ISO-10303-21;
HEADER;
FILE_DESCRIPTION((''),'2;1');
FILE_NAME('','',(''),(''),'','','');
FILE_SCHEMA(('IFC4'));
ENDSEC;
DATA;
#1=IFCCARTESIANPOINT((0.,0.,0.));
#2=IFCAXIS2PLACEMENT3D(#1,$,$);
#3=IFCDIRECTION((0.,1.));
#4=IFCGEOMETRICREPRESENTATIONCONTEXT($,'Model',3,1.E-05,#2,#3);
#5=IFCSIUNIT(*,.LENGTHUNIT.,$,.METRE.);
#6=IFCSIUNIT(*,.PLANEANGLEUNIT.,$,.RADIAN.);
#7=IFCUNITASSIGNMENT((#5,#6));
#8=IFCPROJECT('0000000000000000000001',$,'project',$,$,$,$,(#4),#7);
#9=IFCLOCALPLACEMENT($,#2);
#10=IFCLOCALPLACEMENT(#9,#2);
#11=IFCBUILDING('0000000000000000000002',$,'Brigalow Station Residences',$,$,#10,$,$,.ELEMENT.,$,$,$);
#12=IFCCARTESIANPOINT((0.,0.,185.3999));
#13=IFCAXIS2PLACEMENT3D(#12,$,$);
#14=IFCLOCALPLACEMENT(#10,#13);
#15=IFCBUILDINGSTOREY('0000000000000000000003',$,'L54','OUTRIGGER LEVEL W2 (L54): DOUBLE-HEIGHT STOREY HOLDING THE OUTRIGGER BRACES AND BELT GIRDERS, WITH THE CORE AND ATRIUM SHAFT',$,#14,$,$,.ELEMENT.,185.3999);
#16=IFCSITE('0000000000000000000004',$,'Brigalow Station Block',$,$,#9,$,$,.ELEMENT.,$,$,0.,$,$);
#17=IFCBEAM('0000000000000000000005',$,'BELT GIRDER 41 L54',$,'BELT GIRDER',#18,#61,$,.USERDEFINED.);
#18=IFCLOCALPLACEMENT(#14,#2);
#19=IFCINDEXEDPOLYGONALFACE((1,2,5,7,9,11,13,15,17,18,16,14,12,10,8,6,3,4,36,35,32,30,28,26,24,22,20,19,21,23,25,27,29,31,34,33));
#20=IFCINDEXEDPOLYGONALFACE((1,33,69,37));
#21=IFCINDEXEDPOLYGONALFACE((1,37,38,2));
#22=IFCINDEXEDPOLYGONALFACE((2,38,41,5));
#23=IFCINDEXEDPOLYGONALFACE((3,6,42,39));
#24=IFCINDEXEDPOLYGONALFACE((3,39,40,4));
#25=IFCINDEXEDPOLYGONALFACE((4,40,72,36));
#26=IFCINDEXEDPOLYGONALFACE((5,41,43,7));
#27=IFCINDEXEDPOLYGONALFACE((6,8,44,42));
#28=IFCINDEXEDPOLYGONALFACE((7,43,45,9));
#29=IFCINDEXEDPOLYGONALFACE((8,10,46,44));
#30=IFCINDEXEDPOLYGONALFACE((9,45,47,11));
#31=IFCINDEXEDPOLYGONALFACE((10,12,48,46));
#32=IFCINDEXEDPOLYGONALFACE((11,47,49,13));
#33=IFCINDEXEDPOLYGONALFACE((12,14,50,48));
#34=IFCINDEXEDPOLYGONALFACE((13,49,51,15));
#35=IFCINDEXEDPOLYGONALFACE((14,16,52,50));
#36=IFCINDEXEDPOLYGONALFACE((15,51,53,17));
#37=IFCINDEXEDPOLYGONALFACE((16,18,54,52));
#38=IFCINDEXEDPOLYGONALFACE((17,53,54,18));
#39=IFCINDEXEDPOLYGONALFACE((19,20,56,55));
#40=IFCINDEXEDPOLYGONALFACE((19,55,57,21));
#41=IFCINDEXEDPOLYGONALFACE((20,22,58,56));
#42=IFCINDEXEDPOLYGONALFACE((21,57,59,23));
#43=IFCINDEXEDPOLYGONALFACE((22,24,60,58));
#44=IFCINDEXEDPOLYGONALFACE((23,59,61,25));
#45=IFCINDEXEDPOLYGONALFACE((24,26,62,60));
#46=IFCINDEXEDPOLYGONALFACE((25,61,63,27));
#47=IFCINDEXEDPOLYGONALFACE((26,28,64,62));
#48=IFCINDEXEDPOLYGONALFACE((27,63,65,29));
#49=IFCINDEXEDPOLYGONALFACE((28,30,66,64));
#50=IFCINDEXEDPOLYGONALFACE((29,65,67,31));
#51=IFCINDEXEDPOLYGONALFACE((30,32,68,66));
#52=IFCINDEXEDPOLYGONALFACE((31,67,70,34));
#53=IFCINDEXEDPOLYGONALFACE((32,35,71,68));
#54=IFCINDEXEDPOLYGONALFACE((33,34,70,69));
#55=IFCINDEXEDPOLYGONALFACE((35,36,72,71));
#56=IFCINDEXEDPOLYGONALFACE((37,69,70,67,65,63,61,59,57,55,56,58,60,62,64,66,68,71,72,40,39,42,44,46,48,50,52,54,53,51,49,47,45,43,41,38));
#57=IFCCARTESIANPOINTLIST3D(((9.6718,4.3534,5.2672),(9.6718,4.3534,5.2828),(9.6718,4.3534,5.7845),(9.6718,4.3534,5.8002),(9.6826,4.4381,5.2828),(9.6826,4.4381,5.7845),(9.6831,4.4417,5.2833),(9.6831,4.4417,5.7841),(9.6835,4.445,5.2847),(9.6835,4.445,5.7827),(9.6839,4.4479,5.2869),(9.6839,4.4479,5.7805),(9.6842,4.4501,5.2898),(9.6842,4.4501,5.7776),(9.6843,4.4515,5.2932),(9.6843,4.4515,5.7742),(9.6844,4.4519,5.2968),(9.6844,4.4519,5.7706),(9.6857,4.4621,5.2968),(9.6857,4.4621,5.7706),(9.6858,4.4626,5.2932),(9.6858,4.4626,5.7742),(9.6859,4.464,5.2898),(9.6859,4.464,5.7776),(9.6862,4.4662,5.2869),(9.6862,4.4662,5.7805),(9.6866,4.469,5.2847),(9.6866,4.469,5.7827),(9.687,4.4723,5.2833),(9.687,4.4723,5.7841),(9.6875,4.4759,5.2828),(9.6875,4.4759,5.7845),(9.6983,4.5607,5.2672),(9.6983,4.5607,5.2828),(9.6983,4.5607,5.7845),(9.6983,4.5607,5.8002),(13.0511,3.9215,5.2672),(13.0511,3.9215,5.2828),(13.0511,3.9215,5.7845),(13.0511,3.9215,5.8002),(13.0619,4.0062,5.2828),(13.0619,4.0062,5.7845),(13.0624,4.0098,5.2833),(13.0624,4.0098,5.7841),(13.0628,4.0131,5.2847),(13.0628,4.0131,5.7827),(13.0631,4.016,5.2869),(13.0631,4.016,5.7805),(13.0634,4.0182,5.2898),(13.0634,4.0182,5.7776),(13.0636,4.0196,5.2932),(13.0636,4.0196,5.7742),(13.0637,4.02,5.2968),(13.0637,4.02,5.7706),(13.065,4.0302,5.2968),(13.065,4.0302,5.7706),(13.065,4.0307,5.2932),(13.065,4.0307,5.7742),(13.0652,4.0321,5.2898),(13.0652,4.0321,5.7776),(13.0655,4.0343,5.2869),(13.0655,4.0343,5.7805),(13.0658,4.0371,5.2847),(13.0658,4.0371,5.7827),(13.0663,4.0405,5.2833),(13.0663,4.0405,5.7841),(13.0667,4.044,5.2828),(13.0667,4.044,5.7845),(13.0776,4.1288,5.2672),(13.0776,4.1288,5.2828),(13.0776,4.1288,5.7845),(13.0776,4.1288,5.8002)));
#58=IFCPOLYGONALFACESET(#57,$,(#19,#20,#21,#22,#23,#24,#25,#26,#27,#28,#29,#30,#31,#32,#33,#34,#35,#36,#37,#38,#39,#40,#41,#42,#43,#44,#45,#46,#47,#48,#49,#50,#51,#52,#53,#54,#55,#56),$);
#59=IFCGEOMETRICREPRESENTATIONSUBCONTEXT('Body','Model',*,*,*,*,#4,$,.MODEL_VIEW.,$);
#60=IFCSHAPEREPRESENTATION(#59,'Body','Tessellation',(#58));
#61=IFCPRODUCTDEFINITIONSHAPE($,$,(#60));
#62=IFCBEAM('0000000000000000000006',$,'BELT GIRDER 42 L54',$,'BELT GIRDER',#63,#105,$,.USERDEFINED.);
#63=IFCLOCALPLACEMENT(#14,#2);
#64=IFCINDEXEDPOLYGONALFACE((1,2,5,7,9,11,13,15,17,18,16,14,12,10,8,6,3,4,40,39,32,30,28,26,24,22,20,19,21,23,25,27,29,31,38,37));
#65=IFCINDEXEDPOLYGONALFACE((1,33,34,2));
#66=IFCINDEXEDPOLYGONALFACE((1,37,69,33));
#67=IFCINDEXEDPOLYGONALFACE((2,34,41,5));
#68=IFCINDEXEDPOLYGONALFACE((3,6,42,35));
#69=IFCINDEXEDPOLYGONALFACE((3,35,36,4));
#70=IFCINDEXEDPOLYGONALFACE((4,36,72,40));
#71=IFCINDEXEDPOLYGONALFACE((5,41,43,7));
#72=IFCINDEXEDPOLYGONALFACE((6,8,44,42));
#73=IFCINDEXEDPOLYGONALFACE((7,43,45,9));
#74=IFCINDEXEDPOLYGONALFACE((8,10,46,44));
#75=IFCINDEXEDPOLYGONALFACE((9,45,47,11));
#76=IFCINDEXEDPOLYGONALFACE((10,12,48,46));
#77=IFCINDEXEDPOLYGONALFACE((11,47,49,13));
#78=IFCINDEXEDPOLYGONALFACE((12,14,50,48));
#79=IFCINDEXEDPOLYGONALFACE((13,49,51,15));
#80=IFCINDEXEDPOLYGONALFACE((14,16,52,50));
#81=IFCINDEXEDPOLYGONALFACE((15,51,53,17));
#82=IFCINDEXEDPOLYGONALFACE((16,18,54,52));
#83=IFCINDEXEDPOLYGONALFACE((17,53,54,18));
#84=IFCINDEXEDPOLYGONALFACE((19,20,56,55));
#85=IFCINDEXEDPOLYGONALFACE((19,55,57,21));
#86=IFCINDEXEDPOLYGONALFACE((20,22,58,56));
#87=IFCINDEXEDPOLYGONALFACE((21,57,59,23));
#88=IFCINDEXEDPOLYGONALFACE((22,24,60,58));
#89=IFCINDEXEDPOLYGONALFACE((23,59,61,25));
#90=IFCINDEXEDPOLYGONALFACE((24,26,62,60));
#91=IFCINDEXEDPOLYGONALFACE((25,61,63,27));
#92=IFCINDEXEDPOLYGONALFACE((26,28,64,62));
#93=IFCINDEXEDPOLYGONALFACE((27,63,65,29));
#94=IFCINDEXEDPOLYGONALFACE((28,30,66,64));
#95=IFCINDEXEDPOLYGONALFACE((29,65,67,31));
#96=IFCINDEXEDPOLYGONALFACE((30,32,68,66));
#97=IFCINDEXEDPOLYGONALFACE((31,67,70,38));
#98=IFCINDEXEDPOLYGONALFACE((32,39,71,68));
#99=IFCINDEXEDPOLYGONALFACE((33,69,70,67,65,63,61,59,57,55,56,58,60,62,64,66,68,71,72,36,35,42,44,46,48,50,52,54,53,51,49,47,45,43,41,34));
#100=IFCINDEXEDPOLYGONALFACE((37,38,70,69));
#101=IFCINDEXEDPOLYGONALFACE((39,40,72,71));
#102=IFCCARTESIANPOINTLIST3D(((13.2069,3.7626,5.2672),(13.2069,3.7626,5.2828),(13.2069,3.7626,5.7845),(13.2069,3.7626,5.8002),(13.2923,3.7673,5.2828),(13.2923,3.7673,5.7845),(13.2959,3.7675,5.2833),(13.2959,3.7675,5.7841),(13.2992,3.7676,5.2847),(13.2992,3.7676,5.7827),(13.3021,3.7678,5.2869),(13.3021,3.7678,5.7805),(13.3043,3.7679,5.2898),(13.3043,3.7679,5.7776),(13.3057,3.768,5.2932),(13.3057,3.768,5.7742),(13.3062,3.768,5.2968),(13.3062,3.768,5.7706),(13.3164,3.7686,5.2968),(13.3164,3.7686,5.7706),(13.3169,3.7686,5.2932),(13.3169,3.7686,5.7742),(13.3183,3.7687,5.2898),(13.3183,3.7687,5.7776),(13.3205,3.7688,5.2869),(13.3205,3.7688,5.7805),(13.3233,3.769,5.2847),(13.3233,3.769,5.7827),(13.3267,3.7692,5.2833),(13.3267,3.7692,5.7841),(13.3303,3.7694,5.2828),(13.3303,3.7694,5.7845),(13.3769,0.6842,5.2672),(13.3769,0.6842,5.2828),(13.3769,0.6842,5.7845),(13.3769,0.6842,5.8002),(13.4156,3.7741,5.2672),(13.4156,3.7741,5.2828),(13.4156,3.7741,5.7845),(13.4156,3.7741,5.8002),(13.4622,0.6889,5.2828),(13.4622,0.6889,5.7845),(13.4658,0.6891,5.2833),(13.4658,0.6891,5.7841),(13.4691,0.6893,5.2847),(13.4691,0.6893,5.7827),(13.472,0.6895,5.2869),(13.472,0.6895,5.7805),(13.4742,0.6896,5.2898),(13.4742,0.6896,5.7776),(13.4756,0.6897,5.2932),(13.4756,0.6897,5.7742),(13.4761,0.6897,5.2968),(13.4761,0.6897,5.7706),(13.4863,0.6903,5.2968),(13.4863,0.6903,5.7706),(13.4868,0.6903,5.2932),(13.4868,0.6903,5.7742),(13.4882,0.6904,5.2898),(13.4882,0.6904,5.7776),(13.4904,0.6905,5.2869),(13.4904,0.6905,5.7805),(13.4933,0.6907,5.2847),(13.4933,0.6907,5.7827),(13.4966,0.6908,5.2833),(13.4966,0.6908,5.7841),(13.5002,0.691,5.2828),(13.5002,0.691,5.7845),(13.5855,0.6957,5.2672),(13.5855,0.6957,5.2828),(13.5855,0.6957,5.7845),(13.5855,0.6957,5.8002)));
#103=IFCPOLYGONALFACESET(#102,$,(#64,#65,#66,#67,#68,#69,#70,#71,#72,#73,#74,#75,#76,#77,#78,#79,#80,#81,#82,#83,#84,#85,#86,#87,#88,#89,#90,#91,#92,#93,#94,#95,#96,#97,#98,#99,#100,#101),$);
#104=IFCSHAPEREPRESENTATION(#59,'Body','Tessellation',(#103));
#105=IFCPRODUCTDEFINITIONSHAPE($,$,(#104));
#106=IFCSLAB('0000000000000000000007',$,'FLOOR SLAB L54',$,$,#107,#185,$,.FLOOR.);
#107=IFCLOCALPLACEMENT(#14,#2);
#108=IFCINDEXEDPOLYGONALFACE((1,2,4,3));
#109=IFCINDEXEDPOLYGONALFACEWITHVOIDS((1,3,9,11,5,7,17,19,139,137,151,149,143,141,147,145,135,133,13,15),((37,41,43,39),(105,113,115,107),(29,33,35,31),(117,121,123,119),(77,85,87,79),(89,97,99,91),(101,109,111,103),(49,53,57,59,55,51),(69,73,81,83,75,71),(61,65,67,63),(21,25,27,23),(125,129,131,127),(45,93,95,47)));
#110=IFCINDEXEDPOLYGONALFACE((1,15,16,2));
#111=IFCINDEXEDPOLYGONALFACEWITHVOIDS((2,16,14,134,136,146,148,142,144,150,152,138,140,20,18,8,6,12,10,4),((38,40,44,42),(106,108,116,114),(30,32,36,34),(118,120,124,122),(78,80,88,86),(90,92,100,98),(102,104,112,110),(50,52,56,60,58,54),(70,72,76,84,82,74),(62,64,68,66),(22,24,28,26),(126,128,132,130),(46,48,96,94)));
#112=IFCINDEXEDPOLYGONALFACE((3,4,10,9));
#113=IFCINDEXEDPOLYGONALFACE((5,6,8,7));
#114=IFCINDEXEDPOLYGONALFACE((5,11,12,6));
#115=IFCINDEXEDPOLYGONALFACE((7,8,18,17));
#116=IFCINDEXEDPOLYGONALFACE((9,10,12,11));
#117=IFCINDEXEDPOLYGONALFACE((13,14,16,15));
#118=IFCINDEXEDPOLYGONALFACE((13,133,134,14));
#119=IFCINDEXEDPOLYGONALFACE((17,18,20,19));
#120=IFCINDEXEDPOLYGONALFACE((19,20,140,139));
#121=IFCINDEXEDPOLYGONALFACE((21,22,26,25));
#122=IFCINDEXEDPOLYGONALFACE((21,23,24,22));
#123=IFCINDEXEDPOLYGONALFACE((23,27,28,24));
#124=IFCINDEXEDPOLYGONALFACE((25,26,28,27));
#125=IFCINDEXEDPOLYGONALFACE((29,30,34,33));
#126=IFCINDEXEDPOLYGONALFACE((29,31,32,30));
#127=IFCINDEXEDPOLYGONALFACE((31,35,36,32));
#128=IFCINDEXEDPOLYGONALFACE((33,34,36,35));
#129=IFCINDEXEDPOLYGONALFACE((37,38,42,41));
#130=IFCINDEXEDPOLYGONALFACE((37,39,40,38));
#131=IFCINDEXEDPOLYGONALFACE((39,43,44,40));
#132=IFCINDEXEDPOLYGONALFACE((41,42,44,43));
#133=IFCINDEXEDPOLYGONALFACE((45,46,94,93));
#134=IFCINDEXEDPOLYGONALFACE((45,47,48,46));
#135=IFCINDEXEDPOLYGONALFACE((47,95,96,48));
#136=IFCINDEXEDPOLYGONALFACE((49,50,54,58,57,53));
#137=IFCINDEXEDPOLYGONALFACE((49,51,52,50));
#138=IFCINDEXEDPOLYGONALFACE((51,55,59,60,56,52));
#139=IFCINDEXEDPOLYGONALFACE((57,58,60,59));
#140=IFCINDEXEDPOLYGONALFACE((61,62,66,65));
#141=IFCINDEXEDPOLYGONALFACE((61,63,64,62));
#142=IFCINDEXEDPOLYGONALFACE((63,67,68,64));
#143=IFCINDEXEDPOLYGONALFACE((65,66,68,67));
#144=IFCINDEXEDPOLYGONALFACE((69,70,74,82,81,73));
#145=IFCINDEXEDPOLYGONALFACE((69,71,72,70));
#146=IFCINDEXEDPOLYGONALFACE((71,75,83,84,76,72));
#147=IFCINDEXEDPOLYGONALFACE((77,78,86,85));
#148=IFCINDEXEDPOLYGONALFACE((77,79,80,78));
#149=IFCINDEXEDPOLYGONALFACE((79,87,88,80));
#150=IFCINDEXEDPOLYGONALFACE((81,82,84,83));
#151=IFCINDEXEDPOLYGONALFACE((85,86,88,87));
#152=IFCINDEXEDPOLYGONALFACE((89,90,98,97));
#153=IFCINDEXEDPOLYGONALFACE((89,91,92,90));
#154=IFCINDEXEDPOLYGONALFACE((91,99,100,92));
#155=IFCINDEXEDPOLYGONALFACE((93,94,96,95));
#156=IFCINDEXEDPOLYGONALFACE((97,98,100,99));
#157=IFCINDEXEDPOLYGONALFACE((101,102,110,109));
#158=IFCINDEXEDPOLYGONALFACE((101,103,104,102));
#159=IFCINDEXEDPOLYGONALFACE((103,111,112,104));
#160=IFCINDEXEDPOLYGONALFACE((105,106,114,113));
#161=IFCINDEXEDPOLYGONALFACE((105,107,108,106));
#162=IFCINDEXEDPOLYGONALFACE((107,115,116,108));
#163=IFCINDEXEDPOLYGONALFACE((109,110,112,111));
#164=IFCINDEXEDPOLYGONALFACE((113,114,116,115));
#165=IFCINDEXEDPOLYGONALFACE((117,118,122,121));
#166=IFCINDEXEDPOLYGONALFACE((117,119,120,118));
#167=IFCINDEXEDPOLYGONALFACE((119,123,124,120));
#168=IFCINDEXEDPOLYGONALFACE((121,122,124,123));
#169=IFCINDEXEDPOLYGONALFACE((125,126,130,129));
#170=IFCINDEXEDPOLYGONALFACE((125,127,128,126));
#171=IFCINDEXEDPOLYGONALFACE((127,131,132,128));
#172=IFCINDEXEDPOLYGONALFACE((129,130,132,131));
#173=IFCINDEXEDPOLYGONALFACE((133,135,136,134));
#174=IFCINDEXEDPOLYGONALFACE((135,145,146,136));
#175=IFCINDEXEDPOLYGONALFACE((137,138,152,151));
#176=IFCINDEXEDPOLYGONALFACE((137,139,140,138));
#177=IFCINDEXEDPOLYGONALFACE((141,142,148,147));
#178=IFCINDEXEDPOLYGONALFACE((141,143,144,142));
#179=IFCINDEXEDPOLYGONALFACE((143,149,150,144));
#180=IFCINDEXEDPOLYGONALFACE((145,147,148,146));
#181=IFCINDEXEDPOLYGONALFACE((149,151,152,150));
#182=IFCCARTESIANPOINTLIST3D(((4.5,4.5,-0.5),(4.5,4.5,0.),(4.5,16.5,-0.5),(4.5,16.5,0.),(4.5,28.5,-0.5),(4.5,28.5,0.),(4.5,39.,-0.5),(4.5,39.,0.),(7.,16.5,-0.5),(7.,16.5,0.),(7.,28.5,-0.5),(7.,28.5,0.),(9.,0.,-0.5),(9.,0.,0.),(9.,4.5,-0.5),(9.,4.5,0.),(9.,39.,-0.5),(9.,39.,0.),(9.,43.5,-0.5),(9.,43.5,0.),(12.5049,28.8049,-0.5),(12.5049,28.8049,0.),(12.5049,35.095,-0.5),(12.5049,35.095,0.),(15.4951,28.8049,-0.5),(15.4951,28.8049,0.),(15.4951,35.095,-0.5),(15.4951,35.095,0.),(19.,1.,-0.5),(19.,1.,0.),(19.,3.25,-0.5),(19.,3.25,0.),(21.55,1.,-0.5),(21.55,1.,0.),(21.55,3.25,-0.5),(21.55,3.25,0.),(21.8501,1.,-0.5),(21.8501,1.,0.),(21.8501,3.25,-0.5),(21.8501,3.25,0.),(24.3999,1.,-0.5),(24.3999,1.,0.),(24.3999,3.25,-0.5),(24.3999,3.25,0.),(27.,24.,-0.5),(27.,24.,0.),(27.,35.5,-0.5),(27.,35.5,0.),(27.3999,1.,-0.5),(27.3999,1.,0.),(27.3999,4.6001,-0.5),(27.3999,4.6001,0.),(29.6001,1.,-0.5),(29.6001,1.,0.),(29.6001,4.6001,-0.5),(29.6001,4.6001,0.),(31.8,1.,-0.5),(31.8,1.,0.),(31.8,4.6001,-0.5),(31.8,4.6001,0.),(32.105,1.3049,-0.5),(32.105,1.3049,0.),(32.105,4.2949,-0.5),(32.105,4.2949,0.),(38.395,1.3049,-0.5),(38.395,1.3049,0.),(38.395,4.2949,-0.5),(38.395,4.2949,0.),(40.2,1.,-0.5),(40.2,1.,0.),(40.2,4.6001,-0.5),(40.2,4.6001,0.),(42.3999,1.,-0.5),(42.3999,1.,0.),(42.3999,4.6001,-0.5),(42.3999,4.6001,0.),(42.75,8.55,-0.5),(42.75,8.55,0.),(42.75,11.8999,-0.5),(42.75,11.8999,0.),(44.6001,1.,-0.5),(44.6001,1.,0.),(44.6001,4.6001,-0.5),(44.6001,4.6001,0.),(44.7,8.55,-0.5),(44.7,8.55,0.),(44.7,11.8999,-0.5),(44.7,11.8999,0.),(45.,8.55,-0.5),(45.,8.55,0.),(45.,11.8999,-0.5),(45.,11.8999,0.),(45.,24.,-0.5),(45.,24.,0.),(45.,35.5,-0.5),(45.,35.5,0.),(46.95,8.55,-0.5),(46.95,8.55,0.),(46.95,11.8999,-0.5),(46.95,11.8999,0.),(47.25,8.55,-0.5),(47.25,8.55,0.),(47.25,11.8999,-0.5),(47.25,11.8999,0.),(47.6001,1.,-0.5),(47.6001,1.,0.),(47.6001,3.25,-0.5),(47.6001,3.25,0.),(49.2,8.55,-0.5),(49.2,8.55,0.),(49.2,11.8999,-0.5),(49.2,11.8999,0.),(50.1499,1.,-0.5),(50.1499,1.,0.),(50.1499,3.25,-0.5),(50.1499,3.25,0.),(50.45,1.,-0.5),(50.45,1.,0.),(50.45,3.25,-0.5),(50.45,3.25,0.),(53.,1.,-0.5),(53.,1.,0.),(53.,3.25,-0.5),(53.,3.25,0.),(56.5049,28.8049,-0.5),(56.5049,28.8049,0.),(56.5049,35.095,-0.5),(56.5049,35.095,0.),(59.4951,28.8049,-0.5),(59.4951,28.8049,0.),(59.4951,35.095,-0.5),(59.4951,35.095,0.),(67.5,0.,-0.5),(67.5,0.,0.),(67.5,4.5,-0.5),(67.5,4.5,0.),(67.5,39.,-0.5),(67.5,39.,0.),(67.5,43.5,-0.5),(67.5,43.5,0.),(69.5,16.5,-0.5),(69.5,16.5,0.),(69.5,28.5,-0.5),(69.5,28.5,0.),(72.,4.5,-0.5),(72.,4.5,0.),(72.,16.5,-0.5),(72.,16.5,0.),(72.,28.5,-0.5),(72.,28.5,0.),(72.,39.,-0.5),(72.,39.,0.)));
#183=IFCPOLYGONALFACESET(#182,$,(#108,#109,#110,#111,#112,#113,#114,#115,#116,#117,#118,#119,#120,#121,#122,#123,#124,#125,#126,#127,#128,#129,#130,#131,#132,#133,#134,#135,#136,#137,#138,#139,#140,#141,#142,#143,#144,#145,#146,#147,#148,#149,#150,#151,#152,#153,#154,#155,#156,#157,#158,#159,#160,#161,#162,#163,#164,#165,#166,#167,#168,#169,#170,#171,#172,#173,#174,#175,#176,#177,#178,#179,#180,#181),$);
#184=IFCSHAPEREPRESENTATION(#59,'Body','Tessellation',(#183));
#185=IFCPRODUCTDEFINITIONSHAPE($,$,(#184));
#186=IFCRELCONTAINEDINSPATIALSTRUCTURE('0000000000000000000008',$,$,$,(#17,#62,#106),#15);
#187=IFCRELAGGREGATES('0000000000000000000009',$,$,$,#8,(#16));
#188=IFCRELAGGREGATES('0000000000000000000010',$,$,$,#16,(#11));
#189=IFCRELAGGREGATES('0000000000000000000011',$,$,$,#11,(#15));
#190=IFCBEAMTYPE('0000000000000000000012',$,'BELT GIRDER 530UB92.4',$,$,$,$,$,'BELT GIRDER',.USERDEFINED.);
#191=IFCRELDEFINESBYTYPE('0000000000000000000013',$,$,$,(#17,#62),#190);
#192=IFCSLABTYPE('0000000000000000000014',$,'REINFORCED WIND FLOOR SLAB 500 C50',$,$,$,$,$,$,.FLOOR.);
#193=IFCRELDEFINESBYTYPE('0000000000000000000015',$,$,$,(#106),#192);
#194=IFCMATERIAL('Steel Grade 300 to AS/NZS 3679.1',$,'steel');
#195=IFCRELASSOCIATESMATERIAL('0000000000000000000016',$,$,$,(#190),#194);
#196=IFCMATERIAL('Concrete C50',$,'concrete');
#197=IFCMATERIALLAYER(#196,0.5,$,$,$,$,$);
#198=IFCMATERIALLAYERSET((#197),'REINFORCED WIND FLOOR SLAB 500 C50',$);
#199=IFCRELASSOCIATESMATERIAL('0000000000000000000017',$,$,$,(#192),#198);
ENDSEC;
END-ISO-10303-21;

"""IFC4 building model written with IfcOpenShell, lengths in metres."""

from ifc_helpers import new_model, si_unit, direction, frame, origin, origin_2d, place, context, subcontext, project, spatial, polyline, i_section, outline, extrude, material, layer, layer_set, material_profile, profile_set, type_object, element, save


model = new_model("IFC4")

# Units and contexts
model_context = context("Model", 3, precision=1e-05, world=origin(), true_north=direction((0.0, 1.0)))
body_context = subcontext(model_context, "Body", "Model", "MODEL_VIEW")
ifc_project = project(units=[si_unit("LENGTHUNIT", "METRE"), si_unit("PLANEANGLEUNIT", "RADIAN")], contexts=[model_context])

# Site, building, storey
site_placement = place(None, origin())
site = spatial("IfcSite", under=ifc_project, at=site_placement, Name="Brigalow Station Block", CompositionType="ELEMENT", RefElevation=0.0)
building_placement = place(site_placement, origin())
building = spatial("IfcBuilding", under=site, at=building_placement, Name="Brigalow Station Residences", CompositionType="ELEMENT")
storey_placement = place(building_placement, frame((0.0, 0.0, 185.3999)))
storey = spatial("IfcBuildingStorey", under=building, at=storey_placement, Name="L54", Description="OUTRIGGER LEVEL W2 (L54): DOUBLE-HEIGHT STOREY HOLDING THE OUTRIGGER BRACES AND BELT GIRDERS, WITH THE CORE AND ATRIUM SHAFT", CompositionType="ELEMENT", Elevation=185.3999)

# Beams
ifc_material_1 = material(Name="Steel Grade 300 to AS/NZS 3679.1", Category="steel")
ifc_material_profile_1 = material_profile(ifc_material_1, i_section(OverallWidth=0.209, OverallDepth=0.533, WebThickness=0.0103, FlangeThickness=0.0156, FilletRadius=0.0139, at=origin_2d()), Name="530UB92.4")
ifc_profile_set_1 = profile_set([ifc_material_profile_1], Name="Steel Grade 300 to AS/NZS 3679.1")
beam_type = type_object("IfcBeamType", Name="BELT GIRDER 530UB92.4", ElementType="BELT GIRDER", PredefinedType="USERDEFINED", material=ifc_profile_set_1)
beam_1_placement = place(storey_placement, frame((9.6851, 4.457, 5.5337), z_axis=(0.991931, -0.126777, 0.0), x_axis=(0.126777, 0.991931, 0.0)))
element("IfcBeam", 1, at=beam_1_placement, inside=storey, type_object=beam_type, Name="BELT GIRDER 41 L54", ObjectType="BELT GIRDER", PredefinedType="USERDEFINED", context=body_context, shape_type="SweptSolid", body=[
    extrude(i_section(OverallWidth=0.209, OverallDepth=0.533, WebThickness=0.0103, FlangeThickness=0.0156, FilletRadius=0.0139, at=origin_2d()), origin(), (0.0, 0.0, 1.0), 3.4067),
])
beam_2_placement = place(storey_placement, frame((13.3113, 3.7683, 5.5337), z_axis=(0.055115, -0.99848, 0.0), x_axis=(0.99848, 0.055115, 0.0)))
element("IfcBeam", 2, at=beam_2_placement, inside=storey, type_object=beam_type, Name="BELT GIRDER 42 L54", ObjectType="BELT GIRDER", PredefinedType="USERDEFINED", context=body_context, shape_type="SweptSolid", body=[
    extrude(i_section(OverallWidth=0.209, OverallDepth=0.533, WebThickness=0.0103, FlangeThickness=0.0156, FilletRadius=0.0139, at=origin_2d()), origin(), (0.0, 0.0, 1.0), 3.083),
])

# Slab
ifc_material_2 = material(Name="Concrete C50", Category="concrete")
ifc_layer_1 = layer(ifc_material_2, 0.5)
ifc_layer_set_1 = layer_set([ifc_layer_1], Name="REINFORCED WIND FLOOR SLAB 500 C50")
slab_type_1 = type_object("IfcSlabType", Name="REINFORCED WIND FLOOR SLAB 500 C50", PredefinedType="FLOOR", material=ifc_layer_set_1)
slab_1_placement = place(storey_placement, frame((0.0, 0.0, -0.5)))
element("IfcSlab", 3, at=slab_1_placement, inside=storey, type_object=slab_type_1, Name="FLOOR SLAB L54", PredefinedType="FLOOR", context=body_context, shape_type="SweptSolid", body=[
    extrude(outline(polyline([(9.0, 0.0), (67.5, 0.0), (67.5, 4.5), (72.0, 4.5), (72.0, 16.5), (69.5, 16.5), (69.5, 28.5), (72.0, 28.5), (72.0, 39.0), (67.5, 39.0), (67.5, 43.5), (9.0, 43.5), (9.0, 39.0), (4.5, 39.0), (4.5, 28.5), (7.0, 28.5), (7.0, 16.5), (4.5, 16.5), (4.5, 4.5), (9.0, 4.5), (9.0, 0.0)]), holes=[polyline([(12.5049, 35.095), (15.4951, 35.095), (15.4951, 28.8049), (12.5049, 28.8049), (12.5049, 35.095)]), polyline([(19.0, 1.0), (19.0, 3.25), (21.55, 3.25), (21.55, 1.0), (19.0, 1.0)]), polyline([(21.8501, 3.25), (24.3999, 3.25), (24.3999, 1.0), (21.8501, 1.0), (21.8501, 3.25)]), polyline([(27.0, 35.5), (45.0, 35.5), (45.0, 24.0), (27.0, 24.0), (27.0, 35.5)]), polyline([(29.6001, 4.6001), (31.8, 4.6001), (31.8, 1.0), (29.6001, 1.0), (27.3999, 1.0), (27.3999, 4.6001), (29.6001, 4.6001)]), polyline([(32.105, 4.2949), (38.395, 4.2949), (38.395, 1.3049), (32.105, 1.3049), (32.105, 4.2949)]), polyline([(40.2, 4.6001), (42.3999, 4.6001), (44.6001, 4.6001), (44.6001, 1.0), (42.3999, 1.0), (40.2, 1.0), (40.2, 4.6001)]), polyline([(42.75, 11.8999), (44.7, 11.8999), (44.7, 8.55), (42.75, 8.55), (42.75, 11.8999)]), polyline([(45.0, 11.8999), (46.95, 11.8999), (46.95, 8.55), (45.0, 8.55), (45.0, 11.8999)]), polyline([(47.25, 11.8999), (49.2, 11.8999), (49.2, 8.55), (47.25, 8.55), (47.25, 11.8999)]), polyline([(47.6001, 3.25), (50.1499, 3.25), (50.1499, 1.0), (47.6001, 1.0), (47.6001, 3.25)]), polyline([(50.45, 3.25), (53.0, 3.25), (53.0, 1.0), (50.45, 1.0), (50.45, 3.25)]), polyline([(56.5049, 35.095), (59.4951, 35.095), (59.4951, 28.8049), (56.5049, 28.8049), (56.5049, 35.095)])]), origin(), (0.0, 0.0, 1.0), 0.5),
])

save(model, "model.ifc")
